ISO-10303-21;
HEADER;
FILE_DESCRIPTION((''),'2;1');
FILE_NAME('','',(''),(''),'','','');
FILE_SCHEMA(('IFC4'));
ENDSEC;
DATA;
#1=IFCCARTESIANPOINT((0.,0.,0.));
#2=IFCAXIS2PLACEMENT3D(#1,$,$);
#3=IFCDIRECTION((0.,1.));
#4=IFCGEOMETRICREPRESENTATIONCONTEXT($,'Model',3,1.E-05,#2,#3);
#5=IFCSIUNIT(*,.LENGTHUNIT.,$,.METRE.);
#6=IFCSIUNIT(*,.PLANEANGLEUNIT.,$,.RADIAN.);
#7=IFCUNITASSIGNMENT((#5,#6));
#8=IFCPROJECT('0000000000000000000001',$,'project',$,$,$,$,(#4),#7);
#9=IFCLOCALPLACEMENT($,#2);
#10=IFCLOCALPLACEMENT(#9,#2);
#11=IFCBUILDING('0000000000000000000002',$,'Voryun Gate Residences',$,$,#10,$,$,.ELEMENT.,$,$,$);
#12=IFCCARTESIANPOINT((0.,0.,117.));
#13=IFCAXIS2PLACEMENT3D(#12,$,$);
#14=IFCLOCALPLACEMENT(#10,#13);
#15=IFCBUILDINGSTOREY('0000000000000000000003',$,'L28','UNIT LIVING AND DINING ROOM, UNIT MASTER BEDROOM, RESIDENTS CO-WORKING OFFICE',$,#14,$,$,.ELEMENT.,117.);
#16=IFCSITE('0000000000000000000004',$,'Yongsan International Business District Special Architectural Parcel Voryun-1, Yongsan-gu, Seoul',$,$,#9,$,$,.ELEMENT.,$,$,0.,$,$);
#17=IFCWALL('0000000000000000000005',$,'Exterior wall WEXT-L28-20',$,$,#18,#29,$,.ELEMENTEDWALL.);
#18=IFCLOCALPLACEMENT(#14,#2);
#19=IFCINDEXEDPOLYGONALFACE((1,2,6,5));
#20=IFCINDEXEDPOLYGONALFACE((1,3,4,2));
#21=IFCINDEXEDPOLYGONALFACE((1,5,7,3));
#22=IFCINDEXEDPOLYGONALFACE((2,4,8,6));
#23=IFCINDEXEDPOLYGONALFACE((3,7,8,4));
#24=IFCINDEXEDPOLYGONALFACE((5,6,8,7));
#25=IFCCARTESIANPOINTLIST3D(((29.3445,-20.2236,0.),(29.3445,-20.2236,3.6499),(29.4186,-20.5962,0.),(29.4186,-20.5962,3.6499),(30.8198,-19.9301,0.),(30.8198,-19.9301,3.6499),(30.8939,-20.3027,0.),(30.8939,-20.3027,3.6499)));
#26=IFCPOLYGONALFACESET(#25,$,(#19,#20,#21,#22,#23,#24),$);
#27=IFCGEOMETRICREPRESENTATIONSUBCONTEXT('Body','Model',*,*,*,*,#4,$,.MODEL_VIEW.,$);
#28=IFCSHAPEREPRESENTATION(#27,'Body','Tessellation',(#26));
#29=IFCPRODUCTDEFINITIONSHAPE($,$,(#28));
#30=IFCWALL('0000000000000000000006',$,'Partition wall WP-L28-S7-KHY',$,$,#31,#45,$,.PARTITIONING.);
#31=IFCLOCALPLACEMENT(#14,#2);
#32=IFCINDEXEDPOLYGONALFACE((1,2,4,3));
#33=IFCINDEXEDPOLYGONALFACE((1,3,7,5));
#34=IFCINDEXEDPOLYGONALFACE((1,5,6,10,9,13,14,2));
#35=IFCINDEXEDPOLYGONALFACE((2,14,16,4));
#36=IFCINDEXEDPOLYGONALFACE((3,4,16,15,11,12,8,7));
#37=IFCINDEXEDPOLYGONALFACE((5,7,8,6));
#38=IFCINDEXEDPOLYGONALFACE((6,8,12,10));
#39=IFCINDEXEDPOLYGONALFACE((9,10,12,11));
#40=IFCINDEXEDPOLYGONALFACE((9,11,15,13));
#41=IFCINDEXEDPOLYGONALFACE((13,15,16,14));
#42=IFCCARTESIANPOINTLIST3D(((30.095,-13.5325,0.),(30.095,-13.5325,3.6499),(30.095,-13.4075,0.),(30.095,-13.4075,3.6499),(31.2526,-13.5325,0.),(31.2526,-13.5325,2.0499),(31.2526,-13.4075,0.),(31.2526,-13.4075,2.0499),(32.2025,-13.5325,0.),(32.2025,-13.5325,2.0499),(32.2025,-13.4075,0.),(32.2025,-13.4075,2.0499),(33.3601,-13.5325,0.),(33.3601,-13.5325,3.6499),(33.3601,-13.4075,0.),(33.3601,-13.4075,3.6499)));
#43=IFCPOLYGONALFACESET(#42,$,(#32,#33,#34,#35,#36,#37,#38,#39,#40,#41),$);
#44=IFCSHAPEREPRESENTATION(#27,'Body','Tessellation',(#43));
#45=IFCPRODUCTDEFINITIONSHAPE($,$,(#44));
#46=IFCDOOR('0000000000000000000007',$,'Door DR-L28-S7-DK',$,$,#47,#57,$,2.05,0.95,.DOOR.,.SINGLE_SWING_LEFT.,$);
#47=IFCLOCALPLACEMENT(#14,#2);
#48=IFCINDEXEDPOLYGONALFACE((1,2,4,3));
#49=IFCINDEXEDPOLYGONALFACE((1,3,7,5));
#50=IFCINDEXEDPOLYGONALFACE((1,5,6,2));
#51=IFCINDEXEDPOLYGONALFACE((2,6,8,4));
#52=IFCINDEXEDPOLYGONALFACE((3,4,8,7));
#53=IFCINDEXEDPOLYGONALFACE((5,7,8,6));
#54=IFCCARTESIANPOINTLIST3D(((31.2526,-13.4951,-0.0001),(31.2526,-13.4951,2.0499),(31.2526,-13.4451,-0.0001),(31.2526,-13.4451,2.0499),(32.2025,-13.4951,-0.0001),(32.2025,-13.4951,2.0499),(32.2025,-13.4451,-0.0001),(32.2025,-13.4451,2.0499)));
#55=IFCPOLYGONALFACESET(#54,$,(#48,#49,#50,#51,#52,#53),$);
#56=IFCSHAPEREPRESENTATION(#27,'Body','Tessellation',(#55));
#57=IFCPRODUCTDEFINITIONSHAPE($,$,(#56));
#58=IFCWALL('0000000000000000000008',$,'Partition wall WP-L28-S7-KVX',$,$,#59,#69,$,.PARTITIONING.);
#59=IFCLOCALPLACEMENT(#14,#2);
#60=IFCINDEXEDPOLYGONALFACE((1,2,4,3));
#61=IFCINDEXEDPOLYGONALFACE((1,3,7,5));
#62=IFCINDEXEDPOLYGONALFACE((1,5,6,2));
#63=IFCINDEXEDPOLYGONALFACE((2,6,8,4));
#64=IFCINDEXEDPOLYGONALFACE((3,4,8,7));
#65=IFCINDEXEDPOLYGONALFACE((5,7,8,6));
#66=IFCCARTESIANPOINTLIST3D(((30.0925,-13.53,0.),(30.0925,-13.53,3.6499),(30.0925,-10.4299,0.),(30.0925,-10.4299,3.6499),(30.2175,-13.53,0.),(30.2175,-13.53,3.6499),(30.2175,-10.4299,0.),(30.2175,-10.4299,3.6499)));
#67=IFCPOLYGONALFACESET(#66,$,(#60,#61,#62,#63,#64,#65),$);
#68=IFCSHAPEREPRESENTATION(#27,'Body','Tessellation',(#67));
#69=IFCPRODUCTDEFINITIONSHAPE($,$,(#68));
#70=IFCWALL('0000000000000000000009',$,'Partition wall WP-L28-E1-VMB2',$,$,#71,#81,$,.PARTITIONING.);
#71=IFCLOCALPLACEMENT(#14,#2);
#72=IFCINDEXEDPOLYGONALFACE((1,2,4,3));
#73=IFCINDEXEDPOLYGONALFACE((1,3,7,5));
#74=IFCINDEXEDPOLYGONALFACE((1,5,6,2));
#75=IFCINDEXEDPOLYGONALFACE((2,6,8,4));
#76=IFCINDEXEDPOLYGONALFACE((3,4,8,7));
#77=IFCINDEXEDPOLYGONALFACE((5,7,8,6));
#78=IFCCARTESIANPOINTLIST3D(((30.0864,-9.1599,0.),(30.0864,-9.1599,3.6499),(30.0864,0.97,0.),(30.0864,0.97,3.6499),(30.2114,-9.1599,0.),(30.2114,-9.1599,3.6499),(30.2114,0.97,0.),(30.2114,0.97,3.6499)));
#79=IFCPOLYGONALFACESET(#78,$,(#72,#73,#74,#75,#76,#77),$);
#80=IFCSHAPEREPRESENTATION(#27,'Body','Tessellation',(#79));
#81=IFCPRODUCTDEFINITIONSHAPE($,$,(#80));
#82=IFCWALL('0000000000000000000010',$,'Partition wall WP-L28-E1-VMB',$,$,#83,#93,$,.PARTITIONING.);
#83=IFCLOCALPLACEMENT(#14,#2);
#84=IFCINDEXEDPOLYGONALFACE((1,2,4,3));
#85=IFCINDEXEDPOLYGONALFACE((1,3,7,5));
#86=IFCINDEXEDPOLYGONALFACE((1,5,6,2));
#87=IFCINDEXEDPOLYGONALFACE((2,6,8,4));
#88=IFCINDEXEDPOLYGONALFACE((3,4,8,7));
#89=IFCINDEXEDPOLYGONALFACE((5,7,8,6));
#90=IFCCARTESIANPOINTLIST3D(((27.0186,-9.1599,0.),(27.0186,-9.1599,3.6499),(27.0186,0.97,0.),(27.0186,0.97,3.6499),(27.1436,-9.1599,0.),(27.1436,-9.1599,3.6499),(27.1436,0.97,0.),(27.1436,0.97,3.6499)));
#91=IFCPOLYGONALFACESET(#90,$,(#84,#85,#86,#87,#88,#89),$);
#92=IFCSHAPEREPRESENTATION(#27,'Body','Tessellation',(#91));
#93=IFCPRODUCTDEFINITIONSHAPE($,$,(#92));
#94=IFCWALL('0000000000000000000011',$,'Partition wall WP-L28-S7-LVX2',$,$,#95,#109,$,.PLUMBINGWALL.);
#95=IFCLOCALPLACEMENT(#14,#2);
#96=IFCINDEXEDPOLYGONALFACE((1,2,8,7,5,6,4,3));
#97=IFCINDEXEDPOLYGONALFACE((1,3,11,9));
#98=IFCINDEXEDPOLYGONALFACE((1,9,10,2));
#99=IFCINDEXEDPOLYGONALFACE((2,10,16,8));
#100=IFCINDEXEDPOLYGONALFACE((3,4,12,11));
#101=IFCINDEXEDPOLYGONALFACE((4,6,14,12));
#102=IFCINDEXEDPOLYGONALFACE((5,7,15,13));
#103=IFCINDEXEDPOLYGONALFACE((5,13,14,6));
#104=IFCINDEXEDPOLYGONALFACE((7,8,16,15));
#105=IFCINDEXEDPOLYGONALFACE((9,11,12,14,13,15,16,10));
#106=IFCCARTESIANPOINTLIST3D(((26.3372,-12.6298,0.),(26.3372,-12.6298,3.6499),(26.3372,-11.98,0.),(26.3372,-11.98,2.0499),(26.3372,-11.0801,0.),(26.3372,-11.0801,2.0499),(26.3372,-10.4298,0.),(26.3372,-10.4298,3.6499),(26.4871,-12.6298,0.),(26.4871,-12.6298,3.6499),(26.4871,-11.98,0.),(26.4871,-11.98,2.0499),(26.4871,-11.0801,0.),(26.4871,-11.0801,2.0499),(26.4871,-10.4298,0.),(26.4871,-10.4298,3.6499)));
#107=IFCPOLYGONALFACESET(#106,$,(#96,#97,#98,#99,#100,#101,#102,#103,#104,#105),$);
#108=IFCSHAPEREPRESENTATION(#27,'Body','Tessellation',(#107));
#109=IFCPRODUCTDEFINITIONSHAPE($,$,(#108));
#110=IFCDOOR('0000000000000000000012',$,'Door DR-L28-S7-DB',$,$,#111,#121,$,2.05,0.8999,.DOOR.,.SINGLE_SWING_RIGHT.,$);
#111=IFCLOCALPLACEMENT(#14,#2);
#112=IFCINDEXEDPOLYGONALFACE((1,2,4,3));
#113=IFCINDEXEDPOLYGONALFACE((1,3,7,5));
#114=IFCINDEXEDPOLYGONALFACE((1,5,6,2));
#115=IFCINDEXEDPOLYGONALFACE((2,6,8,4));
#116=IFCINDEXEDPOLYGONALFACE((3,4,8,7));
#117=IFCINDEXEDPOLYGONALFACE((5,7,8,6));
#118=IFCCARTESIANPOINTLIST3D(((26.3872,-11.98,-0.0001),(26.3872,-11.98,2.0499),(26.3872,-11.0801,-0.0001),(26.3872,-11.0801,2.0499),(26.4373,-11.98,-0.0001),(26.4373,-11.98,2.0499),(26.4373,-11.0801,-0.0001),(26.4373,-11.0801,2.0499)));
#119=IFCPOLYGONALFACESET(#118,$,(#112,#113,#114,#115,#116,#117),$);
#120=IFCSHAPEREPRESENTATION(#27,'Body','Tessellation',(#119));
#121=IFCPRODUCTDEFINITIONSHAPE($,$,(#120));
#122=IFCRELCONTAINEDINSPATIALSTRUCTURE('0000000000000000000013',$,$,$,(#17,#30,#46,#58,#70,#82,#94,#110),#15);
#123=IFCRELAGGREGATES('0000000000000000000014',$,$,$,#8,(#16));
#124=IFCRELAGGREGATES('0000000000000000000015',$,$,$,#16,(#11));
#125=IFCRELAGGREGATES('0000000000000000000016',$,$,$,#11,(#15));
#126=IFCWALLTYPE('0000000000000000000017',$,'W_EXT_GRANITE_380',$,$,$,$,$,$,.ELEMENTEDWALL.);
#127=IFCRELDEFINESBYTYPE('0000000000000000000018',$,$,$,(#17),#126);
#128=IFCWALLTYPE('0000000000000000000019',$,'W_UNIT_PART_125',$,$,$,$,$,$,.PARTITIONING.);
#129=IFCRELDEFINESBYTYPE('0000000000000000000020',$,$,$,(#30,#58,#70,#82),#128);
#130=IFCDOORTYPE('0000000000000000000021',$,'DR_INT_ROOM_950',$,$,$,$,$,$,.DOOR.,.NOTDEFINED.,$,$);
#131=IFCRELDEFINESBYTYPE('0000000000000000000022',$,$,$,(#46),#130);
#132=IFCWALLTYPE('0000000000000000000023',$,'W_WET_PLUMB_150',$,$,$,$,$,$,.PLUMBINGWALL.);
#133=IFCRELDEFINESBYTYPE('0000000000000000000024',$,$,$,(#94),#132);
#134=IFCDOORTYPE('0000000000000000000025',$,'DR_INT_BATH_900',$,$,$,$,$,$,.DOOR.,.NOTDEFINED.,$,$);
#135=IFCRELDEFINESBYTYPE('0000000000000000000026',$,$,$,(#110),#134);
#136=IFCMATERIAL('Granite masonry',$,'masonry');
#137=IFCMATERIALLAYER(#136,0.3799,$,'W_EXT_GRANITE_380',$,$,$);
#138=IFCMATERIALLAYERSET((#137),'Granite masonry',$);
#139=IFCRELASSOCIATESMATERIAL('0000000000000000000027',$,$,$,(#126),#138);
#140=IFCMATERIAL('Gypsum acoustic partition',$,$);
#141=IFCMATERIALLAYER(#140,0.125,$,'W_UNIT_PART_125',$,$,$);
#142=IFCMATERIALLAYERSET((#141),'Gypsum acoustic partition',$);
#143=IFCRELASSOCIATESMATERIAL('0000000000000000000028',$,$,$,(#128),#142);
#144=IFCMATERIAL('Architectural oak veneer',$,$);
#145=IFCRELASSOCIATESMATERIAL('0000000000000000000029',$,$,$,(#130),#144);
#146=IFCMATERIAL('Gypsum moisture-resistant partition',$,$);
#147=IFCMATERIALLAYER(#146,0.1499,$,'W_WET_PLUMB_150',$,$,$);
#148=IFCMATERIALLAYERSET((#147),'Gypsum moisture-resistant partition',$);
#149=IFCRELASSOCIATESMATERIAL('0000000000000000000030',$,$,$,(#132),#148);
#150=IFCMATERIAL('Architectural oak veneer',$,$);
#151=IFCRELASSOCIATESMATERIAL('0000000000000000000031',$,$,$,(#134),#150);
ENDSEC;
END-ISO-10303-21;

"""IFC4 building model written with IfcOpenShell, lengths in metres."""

from ifc_helpers import new_model, si_unit, direction, frame, frame_2d, origin, place, context, subcontext, project, spatial, rectangle, extrude, material, layer, layer_set, type_object, element, fill, save


model = new_model("IFC4")

# Units and contexts
model_context = context("Model", 3, precision=1e-05, world=origin(), true_north=direction((0.0, 1.0)))
body_context = subcontext(model_context, "Body", "Model", "MODEL_VIEW")
ifc_project = project(units=[si_unit("LENGTHUNIT", "METRE"), si_unit("PLANEANGLEUNIT", "RADIAN")], contexts=[model_context])

# Site, building, storey
site_placement = place(None, origin())
site = spatial("IfcSite", under=ifc_project, at=site_placement, Name="Yongsan International Business District Special Architectural Parcel Voryun-1, Yongsan-gu, Seoul", CompositionType="ELEMENT", RefElevation=0.0)
building_placement = place(site_placement, origin())
building = spatial("IfcBuilding", under=site, at=building_placement, Name="Voryun Gate Residences", CompositionType="ELEMENT")
storey_placement = place(building_placement, frame((0.0, 0.0, 117.0)))
storey = spatial("IfcBuildingStorey", under=building, at=storey_placement, Name="L28", Description="UNIT LIVING AND DINING ROOM, UNIT MASTER BEDROOM, RESIDENTS CO-WORKING OFFICE", CompositionType="ELEMENT", Elevation=117.0)

# Shared definitions
ifc_material_1 = material(Name="Granite masonry", Category="masonry")
ifc_layer_1 = layer(ifc_material_1, 0.3799, Name="W_EXT_GRANITE_380")
ifc_layer_set_1 = layer_set([ifc_layer_1], Name="Granite masonry")
wall_type_1 = type_object("IfcWallType", Name="W_EXT_GRANITE_380", PredefinedType="ELEMENTEDWALL", material=ifc_layer_set_1)

# Wall
wall_1_placement = place(storey_placement, frame((30.8567, -20.1165, 0.0), z_axis=(0.0, 0.0, 1.0), x_axis=(-0.980786, -0.195086, 0.0)))
element("IfcWall", 1, at=wall_1_placement, inside=storey, type_object=wall_type_1, Name="Exterior wall WEXT-L28-20", PredefinedType="ELEMENTEDWALL", context=body_context, shape_type="SweptSolid", body=[
    extrude(rectangle(XDim=1.5042, YDim=0.3799, at=frame_2d((0.752, 0.0))), origin(), (0.0, 0.0, 1.0), 3.6499),
])

# Wall, opening, door
ifc_material_2 = material(Name="Gypsum acoustic partition")
ifc_layer_2 = layer(ifc_material_2, 0.125, Name="W_UNIT_PART_125")
ifc_layer_set_2 = layer_set([ifc_layer_2], Name="Gypsum acoustic partition")
wall_type_2 = type_object("IfcWallType", Name="W_UNIT_PART_125", PredefinedType="PARTITIONING", material=ifc_layer_set_2)
wall_2_placement = place(storey_placement, frame((30.095, -13.47, 0.0), z_axis=(0.0, 0.0, 1.0), x_axis=(1.0, 0.0, 0.0)))
wall_2 = element("IfcWall", 2, at=wall_2_placement, inside=storey, type_object=wall_type_2, Name="Partition wall WP-L28-S7-KHY", PredefinedType="PARTITIONING", context=body_context, shape_type="SweptSolid", body=[
    extrude(rectangle(XDim=3.2651, YDim=0.125, at=frame_2d((1.6326, 0.0))), origin(), (0.0, 0.0, 1.0), 3.6499),
])
opening_1_placement = place(wall_2_placement, frame((1.1575, 0.0, 0.0)))
opening_1 = element("IfcOpeningElement", 3, at=opening_1_placement, cuts=wall_2, PredefinedType="OPENING", context=body_context, shape_type="SweptSolid", body=[
    extrude(rectangle(XDim=0.95, YDim=2.05, at=frame_2d((0.4751, 1.0249))), frame((0.0, 0.0725, 0.0), z_axis=(0.0, -1.0, 0.0), x_axis=(1.0, 0.0, 0.0)), (0.0, 0.0, 1.0), 0.145),
])
ifc_material_3 = material(Name="Architectural oak veneer")
door_type_1 = type_object("IfcDoorType", Name="DR_INT_ROOM_950", OperationType="NOTDEFINED", PredefinedType="DOOR", material=ifc_material_3)
door_1_placement = place(opening_1_placement, origin())
door_1 = element("IfcDoor", 4, at=door_1_placement, inside=storey, type_object=door_type_1, Name="Door DR-L28-S7-DK", OperationType="SINGLE_SWING_LEFT", OverallHeight=2.05, OverallWidth=0.95, PredefinedType="DOOR", context=body_context, shape_type="SweptSolid", body=[
    extrude(rectangle(XDim=0.95, YDim=2.05, at=frame_2d((0.4751, 1.0249))), frame((0.0, 0.0249, 0.0), z_axis=(0.0, -1.0, 0.0), x_axis=(1.0, 0.0, 0.0)), (0.0, 0.0, 1.0), 0.05),
])
fill(opening_1, door_1)

# Walls
wall_3_placement = place(storey_placement, frame((30.155, -13.53, 0.0), z_axis=(0.0, 0.0, 1.0), x_axis=(0.0, 1.0, 0.0)))
element("IfcWall", 5, at=wall_3_placement, inside=storey, type_object=wall_type_2, Name="Partition wall WP-L28-S7-KVX", PredefinedType="PARTITIONING", context=body_context, shape_type="SweptSolid", body=[
    extrude(rectangle(XDim=3.1001, YDim=0.125, at=frame_2d((1.55, 0.0))), origin(), (0.0, 0.0, 1.0), 3.6499),
])
for number, where, z_axis, x_axis, name in (
    (6, (30.1489, -9.1599, 0.0), (0.0, 0.0, 1.0), (0.0, 1.0, 0.0), "Partition wall WP-L28-E1-VMB2"),
    (7, (27.0811, -9.1599, 0.0), (0.0, 0.0, 1.0), (0.0, 1.0, 0.0), "Partition wall WP-L28-E1-VMB"),
):
    element("IfcWall", number, at=place(storey_placement, frame(where, z_axis=z_axis, x_axis=x_axis)), inside=storey, type_object=wall_type_2, Name=name, PredefinedType="PARTITIONING", context=body_context, shape_type="SweptSolid", body=[
        extrude(rectangle(XDim=10.1299, YDim=0.125, at=frame_2d((5.0649, 0.0))), origin(), (0.0, 0.0, 1.0), 3.6499),
    ])

# Wall, opening, door
ifc_material_4 = material(Name="Gypsum moisture-resistant partition")
ifc_layer_3 = layer(ifc_material_4, 0.1499, Name="W_WET_PLUMB_150")
ifc_layer_set_3 = layer_set([ifc_layer_3], Name="Gypsum moisture-resistant partition")
wall_type_3 = type_object("IfcWallType", Name="W_WET_PLUMB_150", PredefinedType="PLUMBINGWALL", material=ifc_layer_set_3)
wall_4_placement = place(storey_placement, frame((26.4121, -12.6299, 0.0), z_axis=(0.0, 0.0, 1.0), x_axis=(0.0, 1.0, 0.0)))
wall_4 = element("IfcWall", 8, at=wall_4_placement, inside=storey, type_object=wall_type_3, Name="Partition wall WP-L28-S7-LVX2", PredefinedType="PLUMBINGWALL", context=body_context, shape_type="SweptSolid", body=[
    extrude(rectangle(XDim=2.2, YDim=0.1499, at=frame_2d((1.1001, 0.0))), origin(), (0.0, 0.0, 1.0), 3.6499),
])
opening_2_placement = place(wall_4_placement, frame((0.6499, 0.0, 0.0)))
opening_2 = element("IfcOpeningElement", 9, at=opening_2_placement, cuts=wall_4, PredefinedType="OPENING", context=body_context, shape_type="SweptSolid", body=[
    extrude(rectangle(XDim=0.8999, YDim=2.05, at=frame_2d((0.45, 1.0249))), frame((0.0, 0.085, 0.0), z_axis=(0.0, -1.0, 0.0), x_axis=(1.0, 0.0, 0.0)), (0.0, 0.0, 1.0), 0.1699),
])
ifc_material_5 = material(Name="Architectural oak veneer")
door_type_2 = type_object("IfcDoorType", Name="DR_INT_BATH_900", OperationType="NOTDEFINED", PredefinedType="DOOR", material=ifc_material_5)
door_2_placement = place(opening_2_placement, origin())
door_2 = element("IfcDoor", 10, at=door_2_placement, inside=storey, type_object=door_type_2, Name="Door DR-L28-S7-DB", OperationType="SINGLE_SWING_RIGHT", OverallHeight=2.05, OverallWidth=0.8999, PredefinedType="DOOR", context=body_context, shape_type="SweptSolid", body=[
    extrude(rectangle(XDim=0.8999, YDim=2.05, at=frame_2d((0.45, 1.0249))), frame((0.0, 0.0249, 0.0), z_axis=(0.0, -1.0, 0.0), x_axis=(1.0, 0.0, 0.0)), (0.0, 0.0, 1.0), 0.05),
])
fill(opening_2, door_2)

save(model, "model.ifc")
